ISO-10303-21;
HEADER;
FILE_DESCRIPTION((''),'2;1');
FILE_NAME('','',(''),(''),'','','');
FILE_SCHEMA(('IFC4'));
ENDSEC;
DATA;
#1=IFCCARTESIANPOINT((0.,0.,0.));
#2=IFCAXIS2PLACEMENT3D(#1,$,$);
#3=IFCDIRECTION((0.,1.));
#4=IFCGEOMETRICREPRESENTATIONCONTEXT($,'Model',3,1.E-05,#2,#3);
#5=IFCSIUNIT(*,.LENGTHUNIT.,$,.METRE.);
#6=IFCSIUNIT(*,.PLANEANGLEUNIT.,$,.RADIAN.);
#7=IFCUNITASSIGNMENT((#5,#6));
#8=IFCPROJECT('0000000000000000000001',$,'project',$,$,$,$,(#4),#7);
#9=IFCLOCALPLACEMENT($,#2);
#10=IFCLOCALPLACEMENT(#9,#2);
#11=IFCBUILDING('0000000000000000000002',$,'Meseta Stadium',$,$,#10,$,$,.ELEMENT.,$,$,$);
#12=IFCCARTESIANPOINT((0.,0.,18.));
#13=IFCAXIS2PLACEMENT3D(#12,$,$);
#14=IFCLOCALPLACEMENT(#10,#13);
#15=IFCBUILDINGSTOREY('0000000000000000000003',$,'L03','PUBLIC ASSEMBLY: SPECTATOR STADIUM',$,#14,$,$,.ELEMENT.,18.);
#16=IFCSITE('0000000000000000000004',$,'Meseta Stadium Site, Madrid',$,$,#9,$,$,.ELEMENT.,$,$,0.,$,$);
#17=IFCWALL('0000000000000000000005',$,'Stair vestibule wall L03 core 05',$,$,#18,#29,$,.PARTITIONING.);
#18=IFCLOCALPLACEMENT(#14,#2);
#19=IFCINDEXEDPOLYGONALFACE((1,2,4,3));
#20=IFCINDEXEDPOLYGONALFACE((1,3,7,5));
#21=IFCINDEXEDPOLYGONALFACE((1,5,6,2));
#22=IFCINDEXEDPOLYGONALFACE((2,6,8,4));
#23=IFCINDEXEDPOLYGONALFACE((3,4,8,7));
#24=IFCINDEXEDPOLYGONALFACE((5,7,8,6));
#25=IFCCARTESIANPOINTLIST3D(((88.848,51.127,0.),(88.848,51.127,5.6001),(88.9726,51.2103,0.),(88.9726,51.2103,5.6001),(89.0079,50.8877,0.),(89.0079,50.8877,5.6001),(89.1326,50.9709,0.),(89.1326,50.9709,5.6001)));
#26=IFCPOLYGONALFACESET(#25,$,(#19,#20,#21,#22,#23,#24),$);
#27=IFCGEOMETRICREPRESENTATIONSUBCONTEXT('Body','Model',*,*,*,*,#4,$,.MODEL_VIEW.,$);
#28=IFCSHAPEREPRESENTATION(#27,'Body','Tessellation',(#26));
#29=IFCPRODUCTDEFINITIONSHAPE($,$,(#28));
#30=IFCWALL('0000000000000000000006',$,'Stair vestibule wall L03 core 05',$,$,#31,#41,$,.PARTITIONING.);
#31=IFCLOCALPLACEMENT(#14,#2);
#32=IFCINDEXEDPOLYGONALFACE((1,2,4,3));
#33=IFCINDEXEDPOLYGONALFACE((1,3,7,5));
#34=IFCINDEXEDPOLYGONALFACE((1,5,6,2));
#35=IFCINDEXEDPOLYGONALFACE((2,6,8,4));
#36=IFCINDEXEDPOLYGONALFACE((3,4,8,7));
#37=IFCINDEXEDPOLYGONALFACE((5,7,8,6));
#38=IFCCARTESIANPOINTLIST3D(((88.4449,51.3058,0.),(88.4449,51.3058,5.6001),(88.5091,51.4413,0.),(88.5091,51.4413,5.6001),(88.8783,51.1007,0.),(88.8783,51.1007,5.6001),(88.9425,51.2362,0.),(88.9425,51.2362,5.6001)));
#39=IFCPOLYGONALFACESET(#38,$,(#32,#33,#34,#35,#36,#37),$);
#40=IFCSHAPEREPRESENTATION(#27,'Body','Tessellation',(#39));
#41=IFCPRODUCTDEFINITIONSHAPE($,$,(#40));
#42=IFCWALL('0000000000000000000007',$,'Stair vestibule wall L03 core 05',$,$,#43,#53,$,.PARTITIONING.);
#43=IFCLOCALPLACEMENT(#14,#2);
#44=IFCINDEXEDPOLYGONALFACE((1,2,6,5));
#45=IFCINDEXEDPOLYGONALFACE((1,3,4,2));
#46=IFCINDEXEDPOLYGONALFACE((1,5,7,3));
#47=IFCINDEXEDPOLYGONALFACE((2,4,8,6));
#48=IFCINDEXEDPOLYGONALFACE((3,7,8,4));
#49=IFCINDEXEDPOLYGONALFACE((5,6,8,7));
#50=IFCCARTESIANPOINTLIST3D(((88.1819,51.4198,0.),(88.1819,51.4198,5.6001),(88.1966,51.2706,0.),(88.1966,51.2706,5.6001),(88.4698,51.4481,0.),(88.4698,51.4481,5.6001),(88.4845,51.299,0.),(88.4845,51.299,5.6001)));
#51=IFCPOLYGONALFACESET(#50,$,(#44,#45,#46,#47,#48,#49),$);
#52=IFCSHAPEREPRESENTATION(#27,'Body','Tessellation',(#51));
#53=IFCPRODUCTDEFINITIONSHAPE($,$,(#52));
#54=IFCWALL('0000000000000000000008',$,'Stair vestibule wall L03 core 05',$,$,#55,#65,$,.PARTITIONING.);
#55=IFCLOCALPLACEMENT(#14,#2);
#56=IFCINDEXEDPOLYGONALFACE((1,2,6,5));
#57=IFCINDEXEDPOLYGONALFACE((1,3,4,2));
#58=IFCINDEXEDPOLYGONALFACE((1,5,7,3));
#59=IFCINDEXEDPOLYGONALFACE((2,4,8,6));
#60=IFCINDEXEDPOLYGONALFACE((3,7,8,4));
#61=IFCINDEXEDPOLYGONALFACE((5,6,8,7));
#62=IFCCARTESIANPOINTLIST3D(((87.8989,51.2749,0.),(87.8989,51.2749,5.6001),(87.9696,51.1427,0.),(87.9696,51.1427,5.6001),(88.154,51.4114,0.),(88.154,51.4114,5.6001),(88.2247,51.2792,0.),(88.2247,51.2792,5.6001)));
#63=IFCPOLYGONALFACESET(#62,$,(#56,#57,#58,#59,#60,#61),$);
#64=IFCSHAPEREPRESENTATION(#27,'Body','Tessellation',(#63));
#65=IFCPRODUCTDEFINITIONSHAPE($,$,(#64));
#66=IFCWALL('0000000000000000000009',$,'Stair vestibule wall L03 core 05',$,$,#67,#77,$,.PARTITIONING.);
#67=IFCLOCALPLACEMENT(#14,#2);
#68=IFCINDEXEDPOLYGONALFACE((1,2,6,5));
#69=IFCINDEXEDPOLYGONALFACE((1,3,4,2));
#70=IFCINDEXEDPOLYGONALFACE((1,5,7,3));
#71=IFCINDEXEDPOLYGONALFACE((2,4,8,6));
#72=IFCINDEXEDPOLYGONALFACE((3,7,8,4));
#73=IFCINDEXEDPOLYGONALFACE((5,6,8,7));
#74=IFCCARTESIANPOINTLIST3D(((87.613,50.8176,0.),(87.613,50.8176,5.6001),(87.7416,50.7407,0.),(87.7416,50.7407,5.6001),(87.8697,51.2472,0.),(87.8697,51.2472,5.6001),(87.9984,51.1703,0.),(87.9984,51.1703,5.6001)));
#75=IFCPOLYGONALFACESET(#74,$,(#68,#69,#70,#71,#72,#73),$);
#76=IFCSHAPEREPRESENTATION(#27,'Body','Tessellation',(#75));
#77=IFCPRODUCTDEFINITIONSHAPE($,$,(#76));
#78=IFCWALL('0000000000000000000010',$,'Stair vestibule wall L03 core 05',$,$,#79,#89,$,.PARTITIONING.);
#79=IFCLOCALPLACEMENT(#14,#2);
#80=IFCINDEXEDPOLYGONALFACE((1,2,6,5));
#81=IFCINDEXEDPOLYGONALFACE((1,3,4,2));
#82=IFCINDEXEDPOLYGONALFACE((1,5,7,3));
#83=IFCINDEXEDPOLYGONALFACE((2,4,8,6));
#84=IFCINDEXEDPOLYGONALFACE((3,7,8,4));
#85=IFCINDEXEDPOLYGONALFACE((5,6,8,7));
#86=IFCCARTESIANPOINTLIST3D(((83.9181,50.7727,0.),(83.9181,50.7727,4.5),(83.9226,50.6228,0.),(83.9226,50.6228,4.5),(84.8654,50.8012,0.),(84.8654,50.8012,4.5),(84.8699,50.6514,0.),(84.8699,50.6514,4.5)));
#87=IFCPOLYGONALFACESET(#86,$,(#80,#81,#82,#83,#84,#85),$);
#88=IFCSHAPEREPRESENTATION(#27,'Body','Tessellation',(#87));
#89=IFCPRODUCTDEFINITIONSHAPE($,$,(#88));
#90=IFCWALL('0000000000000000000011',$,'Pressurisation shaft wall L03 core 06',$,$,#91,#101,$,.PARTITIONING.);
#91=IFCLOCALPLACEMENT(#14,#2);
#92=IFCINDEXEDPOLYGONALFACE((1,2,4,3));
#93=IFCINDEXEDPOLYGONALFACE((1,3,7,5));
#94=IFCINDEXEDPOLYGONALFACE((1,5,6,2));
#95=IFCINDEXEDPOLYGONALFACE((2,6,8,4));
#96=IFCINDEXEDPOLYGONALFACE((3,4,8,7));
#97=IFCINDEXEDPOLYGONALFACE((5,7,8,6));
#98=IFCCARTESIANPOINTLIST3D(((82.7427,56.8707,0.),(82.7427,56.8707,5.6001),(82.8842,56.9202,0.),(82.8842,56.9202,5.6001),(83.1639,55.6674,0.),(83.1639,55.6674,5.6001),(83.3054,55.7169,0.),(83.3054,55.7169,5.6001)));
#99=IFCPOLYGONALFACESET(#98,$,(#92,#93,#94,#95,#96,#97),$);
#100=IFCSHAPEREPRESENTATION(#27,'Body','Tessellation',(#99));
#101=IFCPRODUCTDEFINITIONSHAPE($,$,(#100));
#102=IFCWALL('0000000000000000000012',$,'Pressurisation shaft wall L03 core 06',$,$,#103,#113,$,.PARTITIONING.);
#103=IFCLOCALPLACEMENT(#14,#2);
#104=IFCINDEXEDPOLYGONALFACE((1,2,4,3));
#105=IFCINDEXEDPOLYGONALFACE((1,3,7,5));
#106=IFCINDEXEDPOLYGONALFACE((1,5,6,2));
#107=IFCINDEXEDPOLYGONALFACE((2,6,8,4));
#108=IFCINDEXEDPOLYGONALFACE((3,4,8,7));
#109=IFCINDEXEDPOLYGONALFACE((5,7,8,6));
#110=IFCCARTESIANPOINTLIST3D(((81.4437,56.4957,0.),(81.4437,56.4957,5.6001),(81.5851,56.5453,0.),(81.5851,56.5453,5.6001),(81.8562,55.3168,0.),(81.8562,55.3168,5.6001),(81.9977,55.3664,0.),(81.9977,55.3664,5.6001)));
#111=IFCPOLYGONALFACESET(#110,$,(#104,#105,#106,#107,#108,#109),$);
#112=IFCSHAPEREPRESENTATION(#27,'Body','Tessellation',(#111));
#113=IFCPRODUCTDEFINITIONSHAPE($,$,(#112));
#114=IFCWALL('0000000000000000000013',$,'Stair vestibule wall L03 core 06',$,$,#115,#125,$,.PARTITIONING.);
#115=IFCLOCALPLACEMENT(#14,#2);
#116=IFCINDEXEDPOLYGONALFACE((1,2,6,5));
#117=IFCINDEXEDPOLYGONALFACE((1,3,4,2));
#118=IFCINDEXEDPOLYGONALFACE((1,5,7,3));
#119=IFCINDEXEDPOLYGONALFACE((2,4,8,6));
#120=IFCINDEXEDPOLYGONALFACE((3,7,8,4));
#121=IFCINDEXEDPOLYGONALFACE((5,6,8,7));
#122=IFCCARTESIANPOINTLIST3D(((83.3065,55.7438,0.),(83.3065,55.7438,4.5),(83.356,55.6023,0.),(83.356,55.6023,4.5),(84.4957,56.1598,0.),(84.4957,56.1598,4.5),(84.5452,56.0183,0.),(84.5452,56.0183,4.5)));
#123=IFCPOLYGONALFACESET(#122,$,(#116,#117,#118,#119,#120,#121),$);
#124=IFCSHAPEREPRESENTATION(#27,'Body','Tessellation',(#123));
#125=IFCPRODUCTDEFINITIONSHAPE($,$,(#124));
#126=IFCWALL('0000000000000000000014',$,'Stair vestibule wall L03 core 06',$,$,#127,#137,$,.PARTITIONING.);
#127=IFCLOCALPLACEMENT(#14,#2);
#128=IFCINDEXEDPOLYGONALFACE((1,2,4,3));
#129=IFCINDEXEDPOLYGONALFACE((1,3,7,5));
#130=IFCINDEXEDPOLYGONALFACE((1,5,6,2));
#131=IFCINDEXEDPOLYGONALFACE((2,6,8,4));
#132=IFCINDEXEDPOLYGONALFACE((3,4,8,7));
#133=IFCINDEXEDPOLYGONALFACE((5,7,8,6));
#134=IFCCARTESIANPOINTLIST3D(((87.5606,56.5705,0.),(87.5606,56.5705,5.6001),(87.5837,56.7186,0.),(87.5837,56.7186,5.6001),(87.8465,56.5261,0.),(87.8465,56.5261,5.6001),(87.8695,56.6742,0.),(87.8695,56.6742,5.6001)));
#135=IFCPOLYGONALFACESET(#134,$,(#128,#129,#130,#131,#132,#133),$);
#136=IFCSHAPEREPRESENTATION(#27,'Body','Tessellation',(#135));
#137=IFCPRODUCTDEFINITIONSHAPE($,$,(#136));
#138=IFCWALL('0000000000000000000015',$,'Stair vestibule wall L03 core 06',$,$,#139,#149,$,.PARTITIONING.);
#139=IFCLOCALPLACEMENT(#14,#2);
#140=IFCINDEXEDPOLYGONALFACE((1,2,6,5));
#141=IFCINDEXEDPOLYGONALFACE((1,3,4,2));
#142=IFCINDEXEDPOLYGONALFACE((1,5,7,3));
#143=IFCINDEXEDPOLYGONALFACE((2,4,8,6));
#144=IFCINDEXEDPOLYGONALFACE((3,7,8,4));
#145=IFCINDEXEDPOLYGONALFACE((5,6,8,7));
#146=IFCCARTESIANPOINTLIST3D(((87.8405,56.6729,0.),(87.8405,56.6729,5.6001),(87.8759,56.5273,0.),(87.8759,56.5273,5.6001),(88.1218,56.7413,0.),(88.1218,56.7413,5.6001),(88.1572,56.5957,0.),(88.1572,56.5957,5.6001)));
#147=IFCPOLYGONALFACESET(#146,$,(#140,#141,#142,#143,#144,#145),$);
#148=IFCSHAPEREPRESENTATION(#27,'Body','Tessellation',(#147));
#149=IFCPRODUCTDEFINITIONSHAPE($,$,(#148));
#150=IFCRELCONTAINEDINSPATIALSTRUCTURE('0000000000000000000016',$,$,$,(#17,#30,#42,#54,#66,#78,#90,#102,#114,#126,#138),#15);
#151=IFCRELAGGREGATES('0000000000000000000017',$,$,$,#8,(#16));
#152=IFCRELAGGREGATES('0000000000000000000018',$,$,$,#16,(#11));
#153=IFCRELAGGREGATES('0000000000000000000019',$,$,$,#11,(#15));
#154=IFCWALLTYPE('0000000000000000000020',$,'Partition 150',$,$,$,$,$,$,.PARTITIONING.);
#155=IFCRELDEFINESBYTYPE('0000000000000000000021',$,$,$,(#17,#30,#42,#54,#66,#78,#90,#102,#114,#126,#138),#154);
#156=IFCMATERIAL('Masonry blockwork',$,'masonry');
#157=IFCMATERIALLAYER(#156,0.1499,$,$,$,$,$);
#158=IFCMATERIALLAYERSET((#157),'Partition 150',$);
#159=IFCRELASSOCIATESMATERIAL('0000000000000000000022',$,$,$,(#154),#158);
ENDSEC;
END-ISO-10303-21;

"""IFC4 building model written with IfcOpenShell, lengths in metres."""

from ifc_helpers import new_model, si_unit, direction, frame, frame_2d, origin, place, context, subcontext, project, spatial, rectangle, extrude, material, layer, layer_set, type_object, element, save


model = new_model("IFC4")

# Units and contexts
model_context = context("Model", 3, precision=1e-05, world=origin(), true_north=direction((0.0, 1.0)))
body_context = subcontext(model_context, "Body", "Model", "MODEL_VIEW")
ifc_project = project(units=[si_unit("LENGTHUNIT", "METRE"), si_unit("PLANEANGLEUNIT", "RADIAN")], contexts=[model_context])

# Site, building, storey
site_placement = place(None, origin())
site = spatial("IfcSite", under=ifc_project, at=site_placement, Name="Meseta Stadium Site, Madrid", CompositionType="ELEMENT", RefElevation=0.0)
building_placement = place(site_placement, origin())
building = spatial("IfcBuilding", under=site, at=building_placement, Name="Meseta Stadium", CompositionType="ELEMENT")
storey_placement = place(building_placement, frame((0.0, 0.0, 18.0)))
storey = spatial("IfcBuildingStorey", under=building, at=storey_placement, Name="L03", Description="PUBLIC ASSEMBLY: SPECTATOR STADIUM", CompositionType="ELEMENT", Elevation=18.0)

# Walls
ifc_material_1 = material(Name="Masonry blockwork", Category="masonry")
ifc_layer = layer(ifc_material_1, 0.1499)
ifc_layer_set = layer_set([ifc_layer], Name="Partition 150")
wall_type = type_object("IfcWallType", Name="Partition 150", PredefinedType="PARTITIONING", material=ifc_layer_set)
wall_1_placement = place(storey_placement, frame((89.0703, 50.9292, 0.0), z_axis=(0.0, 0.0, 1.0), x_axis=(-0.555679, 0.831397, 0.0)))
element("IfcWall", 1, at=wall_1_placement, inside=storey, type_object=wall_type, Name="Stair vestibule wall L03 core 05", PredefinedType="PARTITIONING", context=body_context, shape_type="SweptSolid", body=[
    extrude(rectangle(XDim=0.2878, YDim=0.1499, at=frame_2d((0.144, 0.0))), origin(), (0.0, 0.0, 1.0), 5.6001),
])
wall_2_placement = place(storey_placement, frame((88.9104, 51.1685, 0.0), z_axis=(0.0, 0.0, 1.0), x_axis=(-0.903893, 0.427758, 0.0)))
element("IfcWall", 2, at=wall_2_placement, inside=storey, type_object=wall_type, Name="Stair vestibule wall L03 core 05", PredefinedType="PARTITIONING", context=body_context, shape_type="SweptSolid", body=[
    extrude(rectangle(XDim=0.4795, YDim=0.1499, at=frame_2d((0.2397, 0.0))), origin(), (0.0, 0.0, 1.0), 5.6001),
])
for number, where, z_axis, x_axis, name in (
    (3, (88.4771, 51.3735, 0.0), (0.0, 0.0, 1.0), (-0.995195, -0.097916, 0.0), "Stair vestibule wall L03 core 05"),
    (4, (88.1892, 51.3452, 0.0), (0.0, 0.0, 1.0), (-0.881768, -0.471683, 0.0), "Stair vestibule wall L03 core 05"),
):
    element("IfcWall", number, at=place(storey_placement, frame(where, z_axis=z_axis, x_axis=x_axis)), inside=storey, type_object=wall_type, Name=name, PredefinedType="PARTITIONING", context=body_context, shape_type="SweptSolid", body=[
        extrude(rectangle(XDim=0.2893, YDim=0.1499, at=frame_2d((0.1445, 0.0))), origin(), (0.0, 0.0, 1.0), 5.6001),
    ])
wall_3_placement = place(storey_placement, frame((87.9341, 51.2087, 0.0), z_axis=(0.0, 0.0, 1.0), x_axis=(-0.513061, -0.858352, 0.0)))
element("IfcWall", 5, at=wall_3_placement, inside=storey, type_object=wall_type, Name="Stair vestibule wall L03 core 05", PredefinedType="PARTITIONING", context=body_context, shape_type="SweptSolid", body=[
    extrude(rectangle(XDim=0.5005, YDim=0.1499, at=frame_2d((0.2502, 0.0))), origin(), (0.0, 0.0, 1.0), 5.6001),
])
wall_4_placement = place(storey_placement, frame((84.8677, 50.7263, 0.0), z_axis=(0.0, 0.0, 1.0), x_axis=(-0.999546, -0.030141, 0.0)))
element("IfcWall", 6, at=wall_4_placement, inside=storey, type_object=wall_type, Name="Stair vestibule wall L03 core 05", PredefinedType="PARTITIONING", context=body_context, shape_type="SweptSolid", body=[
    extrude(rectangle(XDim=0.9478, YDim=0.1499, at=frame_2d((0.4739, 0.0))), origin(), (0.0, 0.0, 1.0), 4.5),
])
wall_5_placement = place(storey_placement, frame((83.2346, 55.6921, 0.0), z_axis=(0.0, 0.0, 1.0), x_axis=(-0.330325, 0.943867, 0.0)))
element("IfcWall", 7, at=wall_5_placement, inside=storey, type_object=wall_type, Name="Pressurisation shaft wall L03 core 06", PredefinedType="PARTITIONING", context=body_context, shape_type="SweptSolid", body=[
    extrude(rectangle(XDim=1.2749, YDim=0.1499, at=frame_2d((0.6375, 0.0))), origin(), (0.0, 0.0, 1.0), 5.6001),
])
wall_6_placement = place(storey_placement, frame((81.5144, 56.5205, 0.0), z_axis=(0.0, 0.0, 1.0), x_axis=(0.330324, -0.943867, 0.0)))
element("IfcWall", 8, at=wall_6_placement, inside=storey, type_object=wall_type, Name="Pressurisation shaft wall L03 core 06", PredefinedType="PARTITIONING", context=body_context, shape_type="SweptSolid", body=[
    extrude(rectangle(XDim=1.249, YDim=0.1499, at=frame_2d((0.6245, 0.0))), origin(), (0.0, 0.0, 1.0), 5.6001),
])
wall_7_placement = place(storey_placement, frame((83.3313, 55.6731, 0.0), z_axis=(0.0, 0.0, 1.0), x_axis=(0.94391, 0.330204, 0.0)))
element("IfcWall", 9, at=wall_7_placement, inside=storey, type_object=wall_type, Name="Stair vestibule wall L03 core 06", PredefinedType="PARTITIONING", context=body_context, shape_type="SweptSolid", body=[
    extrude(rectangle(XDim=1.2598, YDim=0.1499, at=frame_2d((0.6299, 0.0))), origin(), (0.0, 0.0, 1.0), 4.5),
])
wall_8_placement = place(storey_placement, frame((87.5723, 56.6445, 0.0), z_axis=(0.0, 0.0, 1.0), x_axis=(0.988136, -0.153579, 0.0)))
element("IfcWall", 10, at=wall_8_placement, inside=storey, type_object=wall_type, Name="Stair vestibule wall L03 core 06", PredefinedType="PARTITIONING", context=body_context, shape_type="SweptSolid", body=[
    extrude(rectangle(XDim=0.2893, YDim=0.1499, at=frame_2d((0.1445, 0.0))), origin(), (0.0, 0.0, 1.0), 5.6001),
])
wall_9_placement = place(storey_placement, frame((87.8582, 56.6001, 0.0), z_axis=(0.0, 0.0, 1.0), x_axis=(0.971709, 0.236179, 0.0)))
element("IfcWall", 11, at=wall_9_placement, inside=storey, type_object=wall_type, Name="Stair vestibule wall L03 core 06", PredefinedType="PARTITIONING", context=body_context, shape_type="SweptSolid", body=[
    extrude(rectangle(XDim=0.2896, YDim=0.1499, at=frame_2d((0.1448, 0.0))), origin(), (0.0, 0.0, 1.0), 5.6001),
])

save(model, "model.ifc")
